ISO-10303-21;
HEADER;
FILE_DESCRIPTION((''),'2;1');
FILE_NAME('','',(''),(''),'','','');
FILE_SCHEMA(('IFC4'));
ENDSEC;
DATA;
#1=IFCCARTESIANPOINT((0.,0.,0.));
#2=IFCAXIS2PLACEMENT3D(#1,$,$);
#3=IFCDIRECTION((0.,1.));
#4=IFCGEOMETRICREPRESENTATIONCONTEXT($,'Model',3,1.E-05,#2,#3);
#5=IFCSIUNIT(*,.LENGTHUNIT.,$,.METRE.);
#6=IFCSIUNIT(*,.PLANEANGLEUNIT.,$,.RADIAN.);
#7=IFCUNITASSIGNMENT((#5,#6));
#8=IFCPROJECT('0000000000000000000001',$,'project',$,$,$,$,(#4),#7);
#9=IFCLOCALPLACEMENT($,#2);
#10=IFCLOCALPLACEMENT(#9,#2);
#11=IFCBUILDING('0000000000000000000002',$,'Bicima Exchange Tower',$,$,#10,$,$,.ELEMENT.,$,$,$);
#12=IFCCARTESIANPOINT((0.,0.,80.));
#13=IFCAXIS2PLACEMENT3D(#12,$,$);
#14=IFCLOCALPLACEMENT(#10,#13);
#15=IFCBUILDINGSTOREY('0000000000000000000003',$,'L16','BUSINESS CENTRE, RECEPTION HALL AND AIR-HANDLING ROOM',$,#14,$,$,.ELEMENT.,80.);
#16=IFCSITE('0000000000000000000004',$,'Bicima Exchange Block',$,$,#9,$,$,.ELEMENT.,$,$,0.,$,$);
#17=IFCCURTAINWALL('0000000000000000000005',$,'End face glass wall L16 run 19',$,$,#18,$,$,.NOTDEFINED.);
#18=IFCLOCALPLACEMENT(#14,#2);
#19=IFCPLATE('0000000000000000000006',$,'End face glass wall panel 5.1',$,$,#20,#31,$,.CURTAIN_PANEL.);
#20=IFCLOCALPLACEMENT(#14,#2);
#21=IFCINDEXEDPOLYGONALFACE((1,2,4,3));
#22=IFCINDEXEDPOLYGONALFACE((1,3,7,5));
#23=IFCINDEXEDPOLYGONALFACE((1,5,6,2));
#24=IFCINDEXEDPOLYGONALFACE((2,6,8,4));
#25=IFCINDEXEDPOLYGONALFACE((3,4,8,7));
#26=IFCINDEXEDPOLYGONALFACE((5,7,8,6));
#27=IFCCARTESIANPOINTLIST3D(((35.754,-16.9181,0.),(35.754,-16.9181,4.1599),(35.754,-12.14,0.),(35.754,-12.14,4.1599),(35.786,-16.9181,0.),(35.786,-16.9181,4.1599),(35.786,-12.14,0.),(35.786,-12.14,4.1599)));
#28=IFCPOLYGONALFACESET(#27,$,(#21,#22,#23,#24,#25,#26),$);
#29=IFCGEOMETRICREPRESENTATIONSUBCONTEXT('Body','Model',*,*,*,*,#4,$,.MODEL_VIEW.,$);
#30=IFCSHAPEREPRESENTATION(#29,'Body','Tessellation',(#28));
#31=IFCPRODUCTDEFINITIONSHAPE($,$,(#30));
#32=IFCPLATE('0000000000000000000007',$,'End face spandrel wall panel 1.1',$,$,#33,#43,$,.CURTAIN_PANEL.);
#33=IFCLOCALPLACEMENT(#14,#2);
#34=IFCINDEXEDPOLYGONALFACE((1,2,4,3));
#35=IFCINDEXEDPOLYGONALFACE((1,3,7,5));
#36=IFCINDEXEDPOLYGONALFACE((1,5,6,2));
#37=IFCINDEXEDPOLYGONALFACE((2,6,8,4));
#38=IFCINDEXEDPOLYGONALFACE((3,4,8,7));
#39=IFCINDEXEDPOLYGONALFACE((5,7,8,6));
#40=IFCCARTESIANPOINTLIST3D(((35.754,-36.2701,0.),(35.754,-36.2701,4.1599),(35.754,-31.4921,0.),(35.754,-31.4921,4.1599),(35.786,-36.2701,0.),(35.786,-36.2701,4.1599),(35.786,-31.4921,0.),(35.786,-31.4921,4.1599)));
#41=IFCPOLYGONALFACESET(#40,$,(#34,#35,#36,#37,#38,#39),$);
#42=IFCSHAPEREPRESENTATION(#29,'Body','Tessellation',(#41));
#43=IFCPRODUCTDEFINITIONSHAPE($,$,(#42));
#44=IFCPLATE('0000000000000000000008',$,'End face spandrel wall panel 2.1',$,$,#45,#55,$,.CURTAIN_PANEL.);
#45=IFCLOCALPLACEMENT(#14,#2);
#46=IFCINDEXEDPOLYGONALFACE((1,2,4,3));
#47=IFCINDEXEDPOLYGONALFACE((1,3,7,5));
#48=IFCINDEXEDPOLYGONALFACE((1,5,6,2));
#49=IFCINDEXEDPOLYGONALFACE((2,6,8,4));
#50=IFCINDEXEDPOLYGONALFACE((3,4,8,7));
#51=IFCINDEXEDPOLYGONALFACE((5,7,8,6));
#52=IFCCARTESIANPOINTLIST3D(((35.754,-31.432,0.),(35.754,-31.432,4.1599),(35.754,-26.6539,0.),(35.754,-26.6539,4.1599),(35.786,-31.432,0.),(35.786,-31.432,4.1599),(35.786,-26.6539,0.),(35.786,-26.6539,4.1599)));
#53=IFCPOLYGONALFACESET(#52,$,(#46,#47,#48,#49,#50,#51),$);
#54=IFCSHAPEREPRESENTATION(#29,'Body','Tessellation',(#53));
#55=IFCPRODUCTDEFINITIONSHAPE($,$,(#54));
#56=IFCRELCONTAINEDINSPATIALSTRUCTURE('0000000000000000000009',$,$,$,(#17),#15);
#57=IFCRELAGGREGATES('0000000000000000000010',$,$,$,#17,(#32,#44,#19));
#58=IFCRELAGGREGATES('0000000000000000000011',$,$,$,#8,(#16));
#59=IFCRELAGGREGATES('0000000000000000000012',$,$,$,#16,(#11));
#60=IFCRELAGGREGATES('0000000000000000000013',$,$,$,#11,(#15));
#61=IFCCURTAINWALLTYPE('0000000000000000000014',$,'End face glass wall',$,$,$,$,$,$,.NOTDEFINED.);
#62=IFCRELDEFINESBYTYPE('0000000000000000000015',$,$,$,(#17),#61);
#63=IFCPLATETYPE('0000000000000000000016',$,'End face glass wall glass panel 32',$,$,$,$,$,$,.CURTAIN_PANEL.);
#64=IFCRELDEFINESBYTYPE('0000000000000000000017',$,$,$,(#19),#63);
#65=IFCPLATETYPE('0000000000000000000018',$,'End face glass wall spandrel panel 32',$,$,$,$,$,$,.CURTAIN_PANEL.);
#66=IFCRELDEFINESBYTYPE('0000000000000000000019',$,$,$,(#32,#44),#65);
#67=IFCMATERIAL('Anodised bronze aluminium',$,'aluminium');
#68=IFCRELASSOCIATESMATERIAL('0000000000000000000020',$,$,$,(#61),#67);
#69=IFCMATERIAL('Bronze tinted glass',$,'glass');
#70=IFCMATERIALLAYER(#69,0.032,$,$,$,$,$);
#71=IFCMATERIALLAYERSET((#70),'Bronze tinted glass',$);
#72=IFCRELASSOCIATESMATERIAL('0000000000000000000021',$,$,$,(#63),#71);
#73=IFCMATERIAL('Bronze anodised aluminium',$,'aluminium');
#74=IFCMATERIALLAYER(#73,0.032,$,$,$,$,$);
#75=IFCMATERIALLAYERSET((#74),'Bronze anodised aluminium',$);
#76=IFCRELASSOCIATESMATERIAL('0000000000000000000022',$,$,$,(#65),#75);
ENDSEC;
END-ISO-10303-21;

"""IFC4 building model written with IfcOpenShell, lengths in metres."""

from ifc_helpers import new_model, si_unit, direction, frame, origin, origin_2d, place, context, subcontext, project, spatial, rectangle, extrude, material, layer, layer_set, type_object, element, aggregate, save


model = new_model("IFC4")

# Units and contexts
model_context = context("Model", 3, precision=1e-05, world=origin(), true_north=direction((0.0, 1.0)))
body_context = subcontext(model_context, "Body", "Model", "MODEL_VIEW")
ifc_project = project(units=[si_unit("LENGTHUNIT", "METRE"), si_unit("PLANEANGLEUNIT", "RADIAN")], contexts=[model_context])

# Site, building, storey
site_placement = place(None, origin())
site = spatial("IfcSite", under=ifc_project, at=site_placement, Name="Bicima Exchange Block", CompositionType="ELEMENT", RefElevation=0.0)
building_placement = place(site_placement, origin())
building = spatial("IfcBuilding", under=site, at=building_placement, Name="Bicima Exchange Tower", CompositionType="ELEMENT")
storey_placement = place(building_placement, frame((0.0, 0.0, 80.0)))
storey = spatial("IfcBuildingStorey", under=building, at=storey_placement, Name="L16", Description="BUSINESS CENTRE, RECEPTION HALL AND AIR-HANDLING ROOM", CompositionType="ELEMENT", Elevation=80.0)

# Curtain wall
ifc_material_1 = material(Name="Anodised bronze aluminium", Category="aluminium")
curtain_wall_type = type_object("IfcCurtainWallType", Name="End face glass wall", PredefinedType="NOTDEFINED", material=ifc_material_1)
curtain_wall_placement = place(storey_placement, origin())
curtain_wall = element("IfcCurtainWall", 1, at=curtain_wall_placement, inside=storey, type_object=curtain_wall_type, Name="End face glass wall L16 run 19", PredefinedType="NOTDEFINED")

# Plates
ifc_material_2 = material(Name="Bronze tinted glass", Category="glass")
ifc_layer_1 = layer(ifc_material_2, 0.032)
ifc_layer_set_1 = layer_set([ifc_layer_1], Name="Bronze tinted glass")
plate_type_1 = type_object("IfcPlateType", Name="End face glass wall glass panel 32", PredefinedType="CURTAIN_PANEL", material=ifc_layer_set_1)
plate_1_placement = place(storey_placement, frame((35.77, -14.5291, 0.0), z_axis=(0.0, 0.0, 1.0), x_axis=(0.0, 1.0, 0.0)))
plate_1 = element("IfcPlate", 2, at=plate_1_placement, type_object=plate_type_1, Name="End face glass wall panel 5.1", PredefinedType="CURTAIN_PANEL", context=body_context, shape_type="SweptSolid", body=[
    extrude(rectangle(XDim=4.7781, YDim=0.032, at=origin_2d()), origin(), (0.0, 0.0, 1.0), 4.1599),
])
ifc_material_3 = material(Name="Bronze anodised aluminium", Category="aluminium")
ifc_layer_2 = layer(ifc_material_3, 0.032)
ifc_layer_set_2 = layer_set([ifc_layer_2], Name="Bronze anodised aluminium")
plate_type_2 = type_object("IfcPlateType", Name="End face glass wall spandrel panel 32", PredefinedType="CURTAIN_PANEL", material=ifc_layer_set_2)
plate_2_placement = place(storey_placement, frame((35.77, -33.8811, 0.0), z_axis=(0.0, 0.0, 1.0), x_axis=(0.0, 1.0, 0.0)))
plate_2 = element("IfcPlate", 3, at=plate_2_placement, type_object=plate_type_2, Name="End face spandrel wall panel 1.1", PredefinedType="CURTAIN_PANEL", context=body_context, shape_type="SweptSolid", body=[
    extrude(rectangle(XDim=4.7781, YDim=0.032, at=origin_2d()), origin(), (0.0, 0.0, 1.0), 4.1599),
])
plate_3_placement = place(storey_placement, frame((35.77, -29.043, 0.0), z_axis=(0.0, 0.0, 1.0), x_axis=(0.0, 1.0, 0.0)))
plate_3 = element("IfcPlate", 4, at=plate_3_placement, type_object=plate_type_2, Name="End face spandrel wall panel 2.1", PredefinedType="CURTAIN_PANEL", context=body_context, shape_type="SweptSolid", body=[
    extrude(rectangle(XDim=4.7781, YDim=0.032, at=origin_2d()), origin(), (0.0, 0.0, 1.0), 4.1599),
])
aggregate(curtain_wall, [plate_2, plate_3, plate_1])

save(model, "model.ifc")
